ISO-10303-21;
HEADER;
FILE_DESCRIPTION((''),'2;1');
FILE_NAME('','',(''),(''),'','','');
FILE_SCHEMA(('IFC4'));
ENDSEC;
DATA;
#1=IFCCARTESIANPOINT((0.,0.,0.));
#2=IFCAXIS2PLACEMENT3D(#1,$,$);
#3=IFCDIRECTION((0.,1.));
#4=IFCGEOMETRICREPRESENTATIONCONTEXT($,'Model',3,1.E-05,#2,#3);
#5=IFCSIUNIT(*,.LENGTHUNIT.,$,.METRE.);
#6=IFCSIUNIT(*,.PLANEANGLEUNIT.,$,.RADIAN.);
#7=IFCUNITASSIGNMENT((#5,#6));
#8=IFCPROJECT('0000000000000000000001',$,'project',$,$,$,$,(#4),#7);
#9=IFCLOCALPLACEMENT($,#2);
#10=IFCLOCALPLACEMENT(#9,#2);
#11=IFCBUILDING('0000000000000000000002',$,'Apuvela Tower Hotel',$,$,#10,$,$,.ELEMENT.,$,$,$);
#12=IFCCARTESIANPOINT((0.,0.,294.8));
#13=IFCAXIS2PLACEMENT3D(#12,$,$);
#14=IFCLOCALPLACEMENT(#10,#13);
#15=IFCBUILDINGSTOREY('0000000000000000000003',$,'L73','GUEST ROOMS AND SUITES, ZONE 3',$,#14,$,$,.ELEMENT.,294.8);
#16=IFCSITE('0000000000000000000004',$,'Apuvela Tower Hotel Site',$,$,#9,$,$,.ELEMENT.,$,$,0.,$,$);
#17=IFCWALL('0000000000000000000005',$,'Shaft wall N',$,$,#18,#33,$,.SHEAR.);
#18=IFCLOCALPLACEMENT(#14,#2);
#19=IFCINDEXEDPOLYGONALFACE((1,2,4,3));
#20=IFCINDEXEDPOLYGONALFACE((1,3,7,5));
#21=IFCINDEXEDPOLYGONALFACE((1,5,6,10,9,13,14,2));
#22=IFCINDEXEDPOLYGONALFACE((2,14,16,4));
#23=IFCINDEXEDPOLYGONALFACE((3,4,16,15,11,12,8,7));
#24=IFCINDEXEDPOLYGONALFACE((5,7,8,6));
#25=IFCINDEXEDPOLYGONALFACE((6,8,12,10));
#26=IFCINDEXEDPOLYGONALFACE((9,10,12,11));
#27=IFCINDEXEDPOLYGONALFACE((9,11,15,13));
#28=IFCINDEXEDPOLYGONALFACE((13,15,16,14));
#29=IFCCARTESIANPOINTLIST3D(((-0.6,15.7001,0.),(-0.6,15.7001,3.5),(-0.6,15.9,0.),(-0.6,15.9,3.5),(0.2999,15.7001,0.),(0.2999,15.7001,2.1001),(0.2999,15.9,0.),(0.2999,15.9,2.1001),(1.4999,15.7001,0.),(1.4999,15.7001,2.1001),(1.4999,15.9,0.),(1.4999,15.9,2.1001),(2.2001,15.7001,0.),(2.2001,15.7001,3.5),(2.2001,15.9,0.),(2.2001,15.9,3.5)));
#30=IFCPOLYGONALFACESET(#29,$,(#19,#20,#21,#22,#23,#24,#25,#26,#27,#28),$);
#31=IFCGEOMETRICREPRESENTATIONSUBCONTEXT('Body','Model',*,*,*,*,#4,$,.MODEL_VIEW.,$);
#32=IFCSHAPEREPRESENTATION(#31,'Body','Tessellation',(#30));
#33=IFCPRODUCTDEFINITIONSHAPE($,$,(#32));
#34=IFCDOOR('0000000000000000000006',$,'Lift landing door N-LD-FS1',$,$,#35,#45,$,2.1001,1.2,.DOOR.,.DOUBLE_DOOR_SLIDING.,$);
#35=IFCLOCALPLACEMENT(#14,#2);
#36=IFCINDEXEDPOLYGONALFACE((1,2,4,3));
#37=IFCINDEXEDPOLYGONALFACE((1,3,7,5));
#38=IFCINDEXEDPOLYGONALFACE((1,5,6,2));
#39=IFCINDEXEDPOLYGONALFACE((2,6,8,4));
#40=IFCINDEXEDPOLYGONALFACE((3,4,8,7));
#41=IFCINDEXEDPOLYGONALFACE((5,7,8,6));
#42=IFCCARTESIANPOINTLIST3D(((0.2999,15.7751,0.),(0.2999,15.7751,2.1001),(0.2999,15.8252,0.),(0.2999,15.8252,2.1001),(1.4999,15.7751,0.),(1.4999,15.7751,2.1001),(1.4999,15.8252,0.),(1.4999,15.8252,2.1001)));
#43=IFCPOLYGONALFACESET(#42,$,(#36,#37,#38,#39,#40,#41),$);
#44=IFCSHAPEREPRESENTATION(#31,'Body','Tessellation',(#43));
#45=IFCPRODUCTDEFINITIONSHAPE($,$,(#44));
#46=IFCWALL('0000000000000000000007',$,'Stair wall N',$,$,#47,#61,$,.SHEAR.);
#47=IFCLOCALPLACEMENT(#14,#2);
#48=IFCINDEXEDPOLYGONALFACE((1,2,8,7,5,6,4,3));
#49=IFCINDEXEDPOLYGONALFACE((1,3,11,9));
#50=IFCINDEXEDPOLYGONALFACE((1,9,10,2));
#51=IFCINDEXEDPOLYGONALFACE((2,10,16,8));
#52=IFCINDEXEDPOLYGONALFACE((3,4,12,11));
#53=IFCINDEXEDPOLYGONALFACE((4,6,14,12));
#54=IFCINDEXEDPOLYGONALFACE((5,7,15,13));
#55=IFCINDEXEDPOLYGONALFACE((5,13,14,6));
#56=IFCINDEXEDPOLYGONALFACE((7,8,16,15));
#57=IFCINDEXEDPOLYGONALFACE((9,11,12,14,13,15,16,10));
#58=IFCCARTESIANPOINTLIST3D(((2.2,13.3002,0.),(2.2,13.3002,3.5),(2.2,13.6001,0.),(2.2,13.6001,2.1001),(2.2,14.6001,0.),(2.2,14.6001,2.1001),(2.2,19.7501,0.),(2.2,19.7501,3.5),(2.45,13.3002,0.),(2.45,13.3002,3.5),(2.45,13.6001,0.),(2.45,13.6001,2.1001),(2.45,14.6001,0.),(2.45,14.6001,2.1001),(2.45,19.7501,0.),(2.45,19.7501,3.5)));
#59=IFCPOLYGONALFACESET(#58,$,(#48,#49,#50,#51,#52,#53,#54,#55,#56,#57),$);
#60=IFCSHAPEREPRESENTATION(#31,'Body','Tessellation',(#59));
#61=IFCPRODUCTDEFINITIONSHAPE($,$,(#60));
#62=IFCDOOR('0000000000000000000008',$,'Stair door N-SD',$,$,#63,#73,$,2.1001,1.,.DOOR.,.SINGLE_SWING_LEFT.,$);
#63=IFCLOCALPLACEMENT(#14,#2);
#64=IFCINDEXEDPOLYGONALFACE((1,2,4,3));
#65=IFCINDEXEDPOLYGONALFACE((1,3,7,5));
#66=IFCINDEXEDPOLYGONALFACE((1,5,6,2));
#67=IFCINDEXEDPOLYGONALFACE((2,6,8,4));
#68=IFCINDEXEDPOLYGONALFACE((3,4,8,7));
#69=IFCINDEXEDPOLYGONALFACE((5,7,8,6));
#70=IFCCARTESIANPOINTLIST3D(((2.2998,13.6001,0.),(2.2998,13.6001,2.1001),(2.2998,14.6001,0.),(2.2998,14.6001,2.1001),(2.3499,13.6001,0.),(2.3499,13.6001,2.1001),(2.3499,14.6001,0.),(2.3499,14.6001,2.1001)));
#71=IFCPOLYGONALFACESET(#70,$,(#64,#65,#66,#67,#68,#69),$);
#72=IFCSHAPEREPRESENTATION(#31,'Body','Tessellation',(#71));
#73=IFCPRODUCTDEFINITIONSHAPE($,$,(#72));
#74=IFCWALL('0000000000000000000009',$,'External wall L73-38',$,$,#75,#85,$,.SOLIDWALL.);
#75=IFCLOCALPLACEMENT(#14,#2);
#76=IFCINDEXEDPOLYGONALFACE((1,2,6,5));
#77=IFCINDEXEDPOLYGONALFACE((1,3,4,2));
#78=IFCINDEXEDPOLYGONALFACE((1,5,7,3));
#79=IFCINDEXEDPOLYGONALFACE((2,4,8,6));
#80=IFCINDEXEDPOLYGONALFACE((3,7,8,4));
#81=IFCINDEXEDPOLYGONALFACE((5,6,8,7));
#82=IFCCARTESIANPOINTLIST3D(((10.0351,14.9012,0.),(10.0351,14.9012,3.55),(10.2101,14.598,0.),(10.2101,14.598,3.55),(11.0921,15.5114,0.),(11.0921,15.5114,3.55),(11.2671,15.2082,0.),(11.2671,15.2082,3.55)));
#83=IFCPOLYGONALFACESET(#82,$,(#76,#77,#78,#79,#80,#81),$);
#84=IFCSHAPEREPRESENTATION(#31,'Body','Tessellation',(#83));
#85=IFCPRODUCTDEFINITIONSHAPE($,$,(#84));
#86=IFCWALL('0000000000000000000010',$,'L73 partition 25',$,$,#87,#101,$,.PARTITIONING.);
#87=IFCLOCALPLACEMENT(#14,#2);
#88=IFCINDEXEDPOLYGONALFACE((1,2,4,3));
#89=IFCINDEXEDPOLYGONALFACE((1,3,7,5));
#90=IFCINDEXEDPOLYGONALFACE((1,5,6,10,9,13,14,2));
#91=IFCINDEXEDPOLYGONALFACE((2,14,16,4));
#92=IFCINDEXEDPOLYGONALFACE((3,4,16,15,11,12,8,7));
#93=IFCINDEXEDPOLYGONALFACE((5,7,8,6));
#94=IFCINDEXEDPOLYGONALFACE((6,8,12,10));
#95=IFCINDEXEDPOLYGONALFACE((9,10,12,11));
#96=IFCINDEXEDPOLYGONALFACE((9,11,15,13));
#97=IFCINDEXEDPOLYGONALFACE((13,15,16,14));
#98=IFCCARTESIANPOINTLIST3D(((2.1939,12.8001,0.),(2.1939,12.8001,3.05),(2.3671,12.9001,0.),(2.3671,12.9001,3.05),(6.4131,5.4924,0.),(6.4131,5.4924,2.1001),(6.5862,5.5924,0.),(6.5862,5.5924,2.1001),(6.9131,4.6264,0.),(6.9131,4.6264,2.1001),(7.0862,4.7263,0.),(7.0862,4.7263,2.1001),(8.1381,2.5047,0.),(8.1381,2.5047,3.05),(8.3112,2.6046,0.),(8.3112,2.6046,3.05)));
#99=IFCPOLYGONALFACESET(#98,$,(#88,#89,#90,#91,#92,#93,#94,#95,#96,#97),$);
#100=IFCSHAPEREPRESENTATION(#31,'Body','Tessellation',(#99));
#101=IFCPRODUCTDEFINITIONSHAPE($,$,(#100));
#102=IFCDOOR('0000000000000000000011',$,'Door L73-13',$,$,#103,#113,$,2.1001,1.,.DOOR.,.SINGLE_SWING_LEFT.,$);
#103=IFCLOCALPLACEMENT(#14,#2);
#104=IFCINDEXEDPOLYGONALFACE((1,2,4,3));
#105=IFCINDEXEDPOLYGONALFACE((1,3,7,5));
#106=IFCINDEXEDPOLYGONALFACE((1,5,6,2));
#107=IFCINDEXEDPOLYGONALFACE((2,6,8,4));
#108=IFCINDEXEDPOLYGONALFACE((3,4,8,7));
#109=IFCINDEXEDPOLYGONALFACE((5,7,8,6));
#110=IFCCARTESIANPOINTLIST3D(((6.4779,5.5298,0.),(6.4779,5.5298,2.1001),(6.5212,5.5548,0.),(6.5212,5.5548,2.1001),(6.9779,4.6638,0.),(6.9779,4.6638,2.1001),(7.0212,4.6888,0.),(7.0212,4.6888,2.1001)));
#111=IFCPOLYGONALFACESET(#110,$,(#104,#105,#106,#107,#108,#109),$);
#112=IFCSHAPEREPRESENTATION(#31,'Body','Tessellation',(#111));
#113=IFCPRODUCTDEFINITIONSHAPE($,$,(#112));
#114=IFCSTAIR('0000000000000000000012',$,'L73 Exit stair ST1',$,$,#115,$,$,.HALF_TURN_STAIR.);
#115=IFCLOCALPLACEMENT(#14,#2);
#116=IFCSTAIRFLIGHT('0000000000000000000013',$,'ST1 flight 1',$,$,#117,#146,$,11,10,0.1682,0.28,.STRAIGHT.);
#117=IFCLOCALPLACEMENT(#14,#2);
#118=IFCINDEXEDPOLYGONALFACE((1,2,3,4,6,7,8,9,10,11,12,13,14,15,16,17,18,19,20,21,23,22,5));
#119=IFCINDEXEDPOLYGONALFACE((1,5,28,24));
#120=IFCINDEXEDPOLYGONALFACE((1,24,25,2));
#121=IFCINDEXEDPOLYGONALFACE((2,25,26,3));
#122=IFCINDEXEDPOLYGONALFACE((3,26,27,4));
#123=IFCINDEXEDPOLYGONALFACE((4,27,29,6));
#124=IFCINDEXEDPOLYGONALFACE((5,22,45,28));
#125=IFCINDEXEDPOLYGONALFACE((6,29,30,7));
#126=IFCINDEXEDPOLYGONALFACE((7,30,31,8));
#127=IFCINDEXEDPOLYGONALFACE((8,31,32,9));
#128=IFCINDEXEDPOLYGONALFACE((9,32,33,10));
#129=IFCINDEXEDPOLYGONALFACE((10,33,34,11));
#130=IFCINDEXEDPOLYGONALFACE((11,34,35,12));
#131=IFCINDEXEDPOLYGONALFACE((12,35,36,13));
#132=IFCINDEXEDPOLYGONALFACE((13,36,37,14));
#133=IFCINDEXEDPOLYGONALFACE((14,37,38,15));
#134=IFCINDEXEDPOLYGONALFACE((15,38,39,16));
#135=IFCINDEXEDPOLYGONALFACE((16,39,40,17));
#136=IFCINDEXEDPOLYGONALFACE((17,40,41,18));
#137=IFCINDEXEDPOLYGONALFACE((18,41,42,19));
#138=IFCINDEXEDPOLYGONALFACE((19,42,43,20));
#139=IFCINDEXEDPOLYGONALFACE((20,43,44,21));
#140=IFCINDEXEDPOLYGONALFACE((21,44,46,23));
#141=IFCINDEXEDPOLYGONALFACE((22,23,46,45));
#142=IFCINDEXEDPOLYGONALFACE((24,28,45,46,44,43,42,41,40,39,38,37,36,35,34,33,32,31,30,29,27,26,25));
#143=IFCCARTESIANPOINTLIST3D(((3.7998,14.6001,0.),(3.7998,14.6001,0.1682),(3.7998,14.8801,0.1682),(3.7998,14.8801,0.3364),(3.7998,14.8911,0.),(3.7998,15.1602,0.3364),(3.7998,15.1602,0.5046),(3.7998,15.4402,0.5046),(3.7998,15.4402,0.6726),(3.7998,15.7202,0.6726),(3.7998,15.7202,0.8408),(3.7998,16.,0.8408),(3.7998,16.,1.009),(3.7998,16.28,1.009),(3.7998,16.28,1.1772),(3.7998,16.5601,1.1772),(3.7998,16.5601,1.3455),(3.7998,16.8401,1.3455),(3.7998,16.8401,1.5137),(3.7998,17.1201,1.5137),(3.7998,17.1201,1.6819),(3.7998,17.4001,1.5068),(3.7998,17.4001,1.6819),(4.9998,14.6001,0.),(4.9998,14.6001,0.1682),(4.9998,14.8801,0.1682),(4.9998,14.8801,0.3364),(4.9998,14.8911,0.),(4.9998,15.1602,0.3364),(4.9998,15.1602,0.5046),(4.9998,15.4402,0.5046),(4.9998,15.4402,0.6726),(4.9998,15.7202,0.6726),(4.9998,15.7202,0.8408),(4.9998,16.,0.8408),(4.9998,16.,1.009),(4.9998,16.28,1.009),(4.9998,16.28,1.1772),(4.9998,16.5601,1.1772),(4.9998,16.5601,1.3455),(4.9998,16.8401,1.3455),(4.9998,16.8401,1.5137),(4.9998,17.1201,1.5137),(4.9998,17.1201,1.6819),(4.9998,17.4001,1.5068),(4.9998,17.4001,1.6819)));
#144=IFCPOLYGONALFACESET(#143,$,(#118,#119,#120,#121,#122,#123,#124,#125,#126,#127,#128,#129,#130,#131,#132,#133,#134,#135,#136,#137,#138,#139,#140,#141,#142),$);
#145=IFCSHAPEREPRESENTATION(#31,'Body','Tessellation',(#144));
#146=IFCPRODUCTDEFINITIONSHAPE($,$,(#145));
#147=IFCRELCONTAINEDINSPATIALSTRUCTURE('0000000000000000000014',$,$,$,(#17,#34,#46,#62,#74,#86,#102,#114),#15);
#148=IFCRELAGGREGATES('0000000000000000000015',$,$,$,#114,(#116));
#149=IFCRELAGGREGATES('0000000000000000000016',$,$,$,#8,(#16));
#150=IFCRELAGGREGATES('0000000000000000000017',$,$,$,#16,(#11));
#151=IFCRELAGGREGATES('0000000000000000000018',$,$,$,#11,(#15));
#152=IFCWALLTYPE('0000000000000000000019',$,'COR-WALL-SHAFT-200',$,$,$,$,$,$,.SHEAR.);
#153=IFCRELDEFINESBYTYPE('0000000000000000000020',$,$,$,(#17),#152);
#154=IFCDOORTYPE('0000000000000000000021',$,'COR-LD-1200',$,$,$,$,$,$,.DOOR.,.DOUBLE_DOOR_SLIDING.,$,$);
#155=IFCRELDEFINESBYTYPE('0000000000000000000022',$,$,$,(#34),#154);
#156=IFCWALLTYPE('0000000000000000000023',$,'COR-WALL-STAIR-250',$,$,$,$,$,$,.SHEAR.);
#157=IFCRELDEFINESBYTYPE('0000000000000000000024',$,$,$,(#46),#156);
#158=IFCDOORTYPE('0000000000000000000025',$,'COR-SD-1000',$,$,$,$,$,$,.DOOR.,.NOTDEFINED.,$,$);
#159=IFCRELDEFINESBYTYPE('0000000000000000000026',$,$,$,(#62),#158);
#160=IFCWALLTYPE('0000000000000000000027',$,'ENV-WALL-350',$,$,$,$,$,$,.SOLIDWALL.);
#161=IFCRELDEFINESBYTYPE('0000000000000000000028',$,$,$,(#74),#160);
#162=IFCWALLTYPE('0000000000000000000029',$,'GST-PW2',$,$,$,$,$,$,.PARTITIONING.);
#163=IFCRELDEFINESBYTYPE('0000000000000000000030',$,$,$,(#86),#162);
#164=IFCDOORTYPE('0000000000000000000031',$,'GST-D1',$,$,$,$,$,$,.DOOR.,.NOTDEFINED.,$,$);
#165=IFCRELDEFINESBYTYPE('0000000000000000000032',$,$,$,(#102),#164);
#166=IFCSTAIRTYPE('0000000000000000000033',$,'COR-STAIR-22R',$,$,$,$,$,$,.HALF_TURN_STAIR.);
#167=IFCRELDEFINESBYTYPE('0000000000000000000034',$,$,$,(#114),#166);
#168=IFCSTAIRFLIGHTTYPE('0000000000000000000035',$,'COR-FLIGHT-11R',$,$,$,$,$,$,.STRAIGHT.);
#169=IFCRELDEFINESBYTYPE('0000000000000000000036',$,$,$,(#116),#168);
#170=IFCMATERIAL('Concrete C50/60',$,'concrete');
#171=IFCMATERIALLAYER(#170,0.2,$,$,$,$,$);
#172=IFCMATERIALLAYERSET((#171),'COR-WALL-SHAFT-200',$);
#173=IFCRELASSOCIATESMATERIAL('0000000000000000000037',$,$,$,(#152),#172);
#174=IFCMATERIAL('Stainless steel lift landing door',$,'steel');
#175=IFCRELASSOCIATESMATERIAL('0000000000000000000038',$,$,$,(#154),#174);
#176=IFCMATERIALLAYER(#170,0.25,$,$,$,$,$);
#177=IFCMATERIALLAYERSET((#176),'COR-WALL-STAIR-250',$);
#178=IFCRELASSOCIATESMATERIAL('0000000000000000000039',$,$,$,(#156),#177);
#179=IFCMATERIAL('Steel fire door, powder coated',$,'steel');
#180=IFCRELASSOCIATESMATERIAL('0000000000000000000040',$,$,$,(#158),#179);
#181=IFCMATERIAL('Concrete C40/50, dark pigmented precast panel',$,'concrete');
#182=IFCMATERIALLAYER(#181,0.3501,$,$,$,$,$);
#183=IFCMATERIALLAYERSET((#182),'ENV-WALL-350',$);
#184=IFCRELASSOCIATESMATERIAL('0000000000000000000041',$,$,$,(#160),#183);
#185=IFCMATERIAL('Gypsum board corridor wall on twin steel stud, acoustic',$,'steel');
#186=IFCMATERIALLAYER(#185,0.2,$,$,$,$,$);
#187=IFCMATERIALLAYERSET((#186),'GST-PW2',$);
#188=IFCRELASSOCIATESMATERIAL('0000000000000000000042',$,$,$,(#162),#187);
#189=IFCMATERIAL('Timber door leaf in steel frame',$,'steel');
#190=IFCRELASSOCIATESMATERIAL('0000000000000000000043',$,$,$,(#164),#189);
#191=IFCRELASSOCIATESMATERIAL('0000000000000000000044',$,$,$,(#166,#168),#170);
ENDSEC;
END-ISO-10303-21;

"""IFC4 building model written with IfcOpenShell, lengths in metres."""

from ifc_helpers import new_model, si_unit, direction, frame, frame_2d, origin, place, context, subcontext, project, spatial, polyline, rectangle, outline, extrude, material, layer, layer_set, type_object, element, fill, aggregate, save


model = new_model("IFC4")

# Units and contexts
model_context = context("Model", 3, precision=1e-05, world=origin(), true_north=direction((0.0, 1.0)))
body_context = subcontext(model_context, "Body", "Model", "MODEL_VIEW")
ifc_project = project(units=[si_unit("LENGTHUNIT", "METRE"), si_unit("PLANEANGLEUNIT", "RADIAN")], contexts=[model_context])

# Site, building, storey
site_placement = place(None, origin())
site = spatial("IfcSite", under=ifc_project, at=site_placement, Name="Apuvela Tower Hotel Site", CompositionType="ELEMENT", RefElevation=0.0)
building_placement = place(site_placement, origin())
building = spatial("IfcBuilding", under=site, at=building_placement, Name="Apuvela Tower Hotel", CompositionType="ELEMENT")
storey_placement = place(building_placement, frame((0.0, 0.0, 294.8)))
storey = spatial("IfcBuildingStorey", under=building, at=storey_placement, Name="L73", Description="GUEST ROOMS AND SUITES, ZONE 3", CompositionType="ELEMENT", Elevation=294.8)

# Shared definitions
ifc_material_1 = material(Name="Concrete C50/60", Category="concrete")
ifc_material_2 = material(Name="Steel fire door, powder coated", Category="steel")

# Walls, openings, doors
ifc_layer_1 = layer(ifc_material_1, 0.2)
ifc_layer_set_1 = layer_set([ifc_layer_1], Name="COR-WALL-SHAFT-200")
wall_type_1 = type_object("IfcWallType", Name="COR-WALL-SHAFT-200", PredefinedType="SHEAR", material=ifc_layer_set_1)
wall_1_placement = place(storey_placement, frame((2.2, 15.8, 0.0), z_axis=(0.0, 0.0, 1.0), x_axis=(-1.0, 0.0, 0.0)))
wall_1 = element("IfcWall", 1, at=wall_1_placement, inside=storey, type_object=wall_type_1, Name="Shaft wall N", PredefinedType="SHEAR", context=body_context, shape_type="SweptSolid", body=[
    extrude(rectangle(XDim=2.8, YDim=0.2, at=frame_2d((1.3999, 0.0))), origin(), (0.0, 0.0, 1.0), 3.5),
])
opening_1_placement = place(wall_1_placement, frame((0.7, 0.0, 0.0)))
opening_1 = element("IfcOpeningElement", 2, at=opening_1_placement, cuts=wall_1, PredefinedType="OPENING", context=body_context, shape_type="SweptSolid", body=[
    extrude(rectangle(XDim=1.2, YDim=2.1001, at=frame_2d((0.6001, 1.05))), frame((0.0, 0.1099, 0.0), z_axis=(0.0, -1.0, 0.0), x_axis=(1.0, 0.0, 0.0)), (0.0, 0.0, 1.0), 0.22),
])
ifc_material_3 = material(Name="Stainless steel lift landing door", Category="steel")
door_type_1 = type_object("IfcDoorType", Name="COR-LD-1200", OperationType="DOUBLE_DOOR_SLIDING", PredefinedType="DOOR", material=ifc_material_3)
door_1_placement = place(opening_1_placement, origin())
door_1 = element("IfcDoor", 3, at=door_1_placement, inside=storey, type_object=door_type_1, Name="Lift landing door N-LD-FS1", OperationType="DOUBLE_DOOR_SLIDING", OverallHeight=2.1001, OverallWidth=1.2, PredefinedType="DOOR", context=body_context, shape_type="SweptSolid", body=[
    extrude(rectangle(XDim=1.2, YDim=2.1001, at=frame_2d((0.6001, 1.05))), frame((0.0, 0.0249, 0.0), z_axis=(0.0, -1.0, 0.0), x_axis=(1.0, 0.0, 0.0)), (0.0, 0.0, 1.0), 0.05),
])
fill(opening_1, door_1)
ifc_layer_2 = layer(ifc_material_1, 0.25)
ifc_layer_set_2 = layer_set([ifc_layer_2], Name="COR-WALL-STAIR-250")
wall_type_2 = type_object("IfcWallType", Name="COR-WALL-STAIR-250", PredefinedType="SHEAR", material=ifc_layer_set_2)
wall_2_placement = place(storey_placement, frame((2.325, 13.3, 0.0), z_axis=(0.0, 0.0, 1.0), x_axis=(0.0, 1.0, 0.0)))
wall_2 = element("IfcWall", 4, at=wall_2_placement, inside=storey, type_object=wall_type_2, Name="Stair wall N", PredefinedType="SHEAR", context=body_context, shape_type="SweptSolid", body=[
    extrude(rectangle(XDim=6.45, YDim=0.25, at=frame_2d((3.2251, 0.0))), origin(), (0.0, 0.0, 1.0), 3.5),
])
opening_2_placement = place(wall_2_placement, frame((0.3, 0.0, 0.0)))
opening_2 = element("IfcOpeningElement", 5, at=opening_2_placement, cuts=wall_2, PredefinedType="OPENING", context=body_context, shape_type="SweptSolid", body=[
    extrude(rectangle(XDim=1.0, YDim=2.1001, at=frame_2d((0.5, 1.05))), frame((0.0, 0.135, 0.0), z_axis=(0.0, -1.0, 0.0), x_axis=(1.0, 0.0, 0.0)), (0.0, 0.0, 1.0), 0.27),
])
door_type_2 = type_object("IfcDoorType", Name="COR-SD-1000", OperationType="NOTDEFINED", PredefinedType="DOOR", material=ifc_material_2)
door_2_placement = place(opening_2_placement, frame((1.0, 0.0, 0.0), z_axis=(0.0, 0.0, 1.0), x_axis=(-1.0, 0.0, 0.0)))
door_2 = element("IfcDoor", 6, at=door_2_placement, inside=storey, type_object=door_type_2, Name="Stair door N-SD", OperationType="SINGLE_SWING_LEFT", OverallHeight=2.1001, OverallWidth=1.0, PredefinedType="DOOR", context=body_context, shape_type="SweptSolid", body=[
    extrude(rectangle(XDim=1.0, YDim=2.1001, at=frame_2d((0.5, 1.05))), frame((0.0, 0.0249, 0.0), z_axis=(0.0, -1.0, 0.0), x_axis=(1.0, 0.0, 0.0)), (0.0, 0.0, 1.0), 0.05),
])
fill(opening_2, door_2)

# Wall
ifc_material_4 = material(Name="Concrete C40/50, dark pigmented precast panel", Category="concrete")
ifc_layer_3 = layer(ifc_material_4, 0.3501)
ifc_layer_set_3 = layer_set([ifc_layer_3], Name="ENV-WALL-350")
wall_type_3 = type_object("IfcWallType", Name="ENV-WALL-350", PredefinedType="SOLIDWALL", material=ifc_layer_set_3)
wall_3_placement = place(storey_placement, frame((11.1797, 15.3599, 0.0), z_axis=(0.0, 0.0, 1.0), x_axis=(-0.866056, -0.499948, 0.0)))
element("IfcWall", 7, at=wall_3_placement, inside=storey, type_object=wall_type_3, Name="External wall L73-38", PredefinedType="SOLIDWALL", context=body_context, shape_type="SweptSolid", body=[
    extrude(rectangle(XDim=1.2205, YDim=0.3501, at=frame_2d((0.6104, 0.0))), origin(), (0.0, 0.0, 1.0), 3.55),
])

# Wall, opening, door
ifc_material_5 = material(Name="Gypsum board corridor wall on twin steel stud, acoustic", Category="steel")
ifc_layer_4 = layer(ifc_material_5, 0.2)
ifc_layer_set_4 = layer_set([ifc_layer_4], Name="GST-PW2")
wall_type_4 = type_object("IfcWallType", Name="GST-PW2", PredefinedType="PARTITIONING", material=ifc_layer_set_4)
wall_4_placement = place(storey_placement, frame((2.2805, 12.8501, 0.0), z_axis=(0.0, 0.0, 1.0), x_axis=(0.500002, -0.866024, 0.0)))
wall_4 = element("IfcWall", 8, at=wall_4_placement, inside=storey, type_object=wall_type_4, Name="L73 partition 25", PredefinedType="PARTITIONING", context=body_context, shape_type="SweptSolid", body=[
    extrude(rectangle(XDim=11.8882, YDim=0.2, at=frame_2d((5.9441, 0.0))), origin(), (0.0, 0.0, 1.0), 3.05),
])
opening_3_placement = place(wall_4_placement, frame((8.4382, 0.0, 0.0)))
opening_3 = element("IfcOpeningElement", 9, at=opening_3_placement, cuts=wall_4, PredefinedType="OPENING", context=body_context, shape_type="SweptSolid", body=[
    extrude(rectangle(XDim=1.0, YDim=2.1001, at=frame_2d((0.5, 1.05))), frame((0.0, 0.1099, 0.0), z_axis=(0.0, -1.0, 0.0), x_axis=(1.0, 0.0, 0.0)), (0.0, 0.0, 1.0), 0.22),
])
ifc_material_6 = material(Name="Timber door leaf in steel frame", Category="steel")
door_type_3 = type_object("IfcDoorType", Name="GST-D1", OperationType="NOTDEFINED", PredefinedType="DOOR", material=ifc_material_6)
door_3_placement = place(opening_3_placement, origin())
door_3 = element("IfcDoor", 10, at=door_3_placement, inside=storey, type_object=door_type_3, Name="Door L73-13", OperationType="SINGLE_SWING_LEFT", OverallHeight=2.1001, OverallWidth=1.0, PredefinedType="DOOR", context=body_context, shape_type="SweptSolid", body=[
    extrude(rectangle(XDim=1.0, YDim=2.1001, at=frame_2d((0.5, 1.05))), frame((0.0, 0.0249, 0.0), z_axis=(0.0, -1.0, 0.0), x_axis=(1.0, 0.0, 0.0)), (0.0, 0.0, 1.0), 0.05),
])
fill(opening_3, door_3)

# Stair, stair flight
stair_type = type_object("IfcStairType", Name="COR-STAIR-22R", PredefinedType="HALF_TURN_STAIR", material=ifc_material_1)
stair_placement = place(storey_placement, origin())
stair = element("IfcStair", 11, at=stair_placement, inside=storey, type_object=stair_type, Name="L73 Exit stair ST1", PredefinedType="HALF_TURN_STAIR")
stair_flight_type = type_object("IfcStairFlightType", Name="COR-FLIGHT-11R", PredefinedType="STRAIGHT", material=ifc_material_1)
stair_flight_placement = place(storey_placement, frame((4.3999, 14.6001, 0.0), z_axis=(0.0, 0.0, 1.0), x_axis=(0.0, 1.0, 0.0)))
stair_flight = element("IfcStairFlight", 12, at=stair_flight_placement, type_object=stair_flight_type, Name="ST1 flight 1", NumberOfRisers=11, NumberOfTreads=10, PredefinedType="STRAIGHT", RiserHeight=0.1682, TreadLength=0.28, context=body_context, shape_type="SweptSolid", body=[
    extrude(outline(polyline([(0.0, 0.0), (0.0, 0.1682), (0.28, 0.1682), (0.28, 0.3364), (0.5601, 0.3364), (0.5601, 0.5046), (0.8401, 0.5046), (0.8401, 0.6726), (1.1201, 0.6726), (1.1201, 0.8408), (1.3999, 0.8408), (1.3999, 1.009), (1.6799, 1.009), (1.6799, 1.1772), (1.96, 1.1772), (1.96, 1.3455), (2.24, 1.3455), (2.24, 1.5137), (2.52, 1.5137), (2.52, 1.6819), (2.8, 1.6819), (2.8, 1.8501), (2.8, 1.5068), (0.291, 0.0), (0.0, 0.0)])), frame((0.0, 0.6001, 0.0), z_axis=(0.0, -1.0, 0.0), x_axis=(1.0, 0.0, 0.0)), (0.0, 0.0, 1.0), 1.2),
])
aggregate(stair, [stair_flight])

save(model, "model.ifc")
